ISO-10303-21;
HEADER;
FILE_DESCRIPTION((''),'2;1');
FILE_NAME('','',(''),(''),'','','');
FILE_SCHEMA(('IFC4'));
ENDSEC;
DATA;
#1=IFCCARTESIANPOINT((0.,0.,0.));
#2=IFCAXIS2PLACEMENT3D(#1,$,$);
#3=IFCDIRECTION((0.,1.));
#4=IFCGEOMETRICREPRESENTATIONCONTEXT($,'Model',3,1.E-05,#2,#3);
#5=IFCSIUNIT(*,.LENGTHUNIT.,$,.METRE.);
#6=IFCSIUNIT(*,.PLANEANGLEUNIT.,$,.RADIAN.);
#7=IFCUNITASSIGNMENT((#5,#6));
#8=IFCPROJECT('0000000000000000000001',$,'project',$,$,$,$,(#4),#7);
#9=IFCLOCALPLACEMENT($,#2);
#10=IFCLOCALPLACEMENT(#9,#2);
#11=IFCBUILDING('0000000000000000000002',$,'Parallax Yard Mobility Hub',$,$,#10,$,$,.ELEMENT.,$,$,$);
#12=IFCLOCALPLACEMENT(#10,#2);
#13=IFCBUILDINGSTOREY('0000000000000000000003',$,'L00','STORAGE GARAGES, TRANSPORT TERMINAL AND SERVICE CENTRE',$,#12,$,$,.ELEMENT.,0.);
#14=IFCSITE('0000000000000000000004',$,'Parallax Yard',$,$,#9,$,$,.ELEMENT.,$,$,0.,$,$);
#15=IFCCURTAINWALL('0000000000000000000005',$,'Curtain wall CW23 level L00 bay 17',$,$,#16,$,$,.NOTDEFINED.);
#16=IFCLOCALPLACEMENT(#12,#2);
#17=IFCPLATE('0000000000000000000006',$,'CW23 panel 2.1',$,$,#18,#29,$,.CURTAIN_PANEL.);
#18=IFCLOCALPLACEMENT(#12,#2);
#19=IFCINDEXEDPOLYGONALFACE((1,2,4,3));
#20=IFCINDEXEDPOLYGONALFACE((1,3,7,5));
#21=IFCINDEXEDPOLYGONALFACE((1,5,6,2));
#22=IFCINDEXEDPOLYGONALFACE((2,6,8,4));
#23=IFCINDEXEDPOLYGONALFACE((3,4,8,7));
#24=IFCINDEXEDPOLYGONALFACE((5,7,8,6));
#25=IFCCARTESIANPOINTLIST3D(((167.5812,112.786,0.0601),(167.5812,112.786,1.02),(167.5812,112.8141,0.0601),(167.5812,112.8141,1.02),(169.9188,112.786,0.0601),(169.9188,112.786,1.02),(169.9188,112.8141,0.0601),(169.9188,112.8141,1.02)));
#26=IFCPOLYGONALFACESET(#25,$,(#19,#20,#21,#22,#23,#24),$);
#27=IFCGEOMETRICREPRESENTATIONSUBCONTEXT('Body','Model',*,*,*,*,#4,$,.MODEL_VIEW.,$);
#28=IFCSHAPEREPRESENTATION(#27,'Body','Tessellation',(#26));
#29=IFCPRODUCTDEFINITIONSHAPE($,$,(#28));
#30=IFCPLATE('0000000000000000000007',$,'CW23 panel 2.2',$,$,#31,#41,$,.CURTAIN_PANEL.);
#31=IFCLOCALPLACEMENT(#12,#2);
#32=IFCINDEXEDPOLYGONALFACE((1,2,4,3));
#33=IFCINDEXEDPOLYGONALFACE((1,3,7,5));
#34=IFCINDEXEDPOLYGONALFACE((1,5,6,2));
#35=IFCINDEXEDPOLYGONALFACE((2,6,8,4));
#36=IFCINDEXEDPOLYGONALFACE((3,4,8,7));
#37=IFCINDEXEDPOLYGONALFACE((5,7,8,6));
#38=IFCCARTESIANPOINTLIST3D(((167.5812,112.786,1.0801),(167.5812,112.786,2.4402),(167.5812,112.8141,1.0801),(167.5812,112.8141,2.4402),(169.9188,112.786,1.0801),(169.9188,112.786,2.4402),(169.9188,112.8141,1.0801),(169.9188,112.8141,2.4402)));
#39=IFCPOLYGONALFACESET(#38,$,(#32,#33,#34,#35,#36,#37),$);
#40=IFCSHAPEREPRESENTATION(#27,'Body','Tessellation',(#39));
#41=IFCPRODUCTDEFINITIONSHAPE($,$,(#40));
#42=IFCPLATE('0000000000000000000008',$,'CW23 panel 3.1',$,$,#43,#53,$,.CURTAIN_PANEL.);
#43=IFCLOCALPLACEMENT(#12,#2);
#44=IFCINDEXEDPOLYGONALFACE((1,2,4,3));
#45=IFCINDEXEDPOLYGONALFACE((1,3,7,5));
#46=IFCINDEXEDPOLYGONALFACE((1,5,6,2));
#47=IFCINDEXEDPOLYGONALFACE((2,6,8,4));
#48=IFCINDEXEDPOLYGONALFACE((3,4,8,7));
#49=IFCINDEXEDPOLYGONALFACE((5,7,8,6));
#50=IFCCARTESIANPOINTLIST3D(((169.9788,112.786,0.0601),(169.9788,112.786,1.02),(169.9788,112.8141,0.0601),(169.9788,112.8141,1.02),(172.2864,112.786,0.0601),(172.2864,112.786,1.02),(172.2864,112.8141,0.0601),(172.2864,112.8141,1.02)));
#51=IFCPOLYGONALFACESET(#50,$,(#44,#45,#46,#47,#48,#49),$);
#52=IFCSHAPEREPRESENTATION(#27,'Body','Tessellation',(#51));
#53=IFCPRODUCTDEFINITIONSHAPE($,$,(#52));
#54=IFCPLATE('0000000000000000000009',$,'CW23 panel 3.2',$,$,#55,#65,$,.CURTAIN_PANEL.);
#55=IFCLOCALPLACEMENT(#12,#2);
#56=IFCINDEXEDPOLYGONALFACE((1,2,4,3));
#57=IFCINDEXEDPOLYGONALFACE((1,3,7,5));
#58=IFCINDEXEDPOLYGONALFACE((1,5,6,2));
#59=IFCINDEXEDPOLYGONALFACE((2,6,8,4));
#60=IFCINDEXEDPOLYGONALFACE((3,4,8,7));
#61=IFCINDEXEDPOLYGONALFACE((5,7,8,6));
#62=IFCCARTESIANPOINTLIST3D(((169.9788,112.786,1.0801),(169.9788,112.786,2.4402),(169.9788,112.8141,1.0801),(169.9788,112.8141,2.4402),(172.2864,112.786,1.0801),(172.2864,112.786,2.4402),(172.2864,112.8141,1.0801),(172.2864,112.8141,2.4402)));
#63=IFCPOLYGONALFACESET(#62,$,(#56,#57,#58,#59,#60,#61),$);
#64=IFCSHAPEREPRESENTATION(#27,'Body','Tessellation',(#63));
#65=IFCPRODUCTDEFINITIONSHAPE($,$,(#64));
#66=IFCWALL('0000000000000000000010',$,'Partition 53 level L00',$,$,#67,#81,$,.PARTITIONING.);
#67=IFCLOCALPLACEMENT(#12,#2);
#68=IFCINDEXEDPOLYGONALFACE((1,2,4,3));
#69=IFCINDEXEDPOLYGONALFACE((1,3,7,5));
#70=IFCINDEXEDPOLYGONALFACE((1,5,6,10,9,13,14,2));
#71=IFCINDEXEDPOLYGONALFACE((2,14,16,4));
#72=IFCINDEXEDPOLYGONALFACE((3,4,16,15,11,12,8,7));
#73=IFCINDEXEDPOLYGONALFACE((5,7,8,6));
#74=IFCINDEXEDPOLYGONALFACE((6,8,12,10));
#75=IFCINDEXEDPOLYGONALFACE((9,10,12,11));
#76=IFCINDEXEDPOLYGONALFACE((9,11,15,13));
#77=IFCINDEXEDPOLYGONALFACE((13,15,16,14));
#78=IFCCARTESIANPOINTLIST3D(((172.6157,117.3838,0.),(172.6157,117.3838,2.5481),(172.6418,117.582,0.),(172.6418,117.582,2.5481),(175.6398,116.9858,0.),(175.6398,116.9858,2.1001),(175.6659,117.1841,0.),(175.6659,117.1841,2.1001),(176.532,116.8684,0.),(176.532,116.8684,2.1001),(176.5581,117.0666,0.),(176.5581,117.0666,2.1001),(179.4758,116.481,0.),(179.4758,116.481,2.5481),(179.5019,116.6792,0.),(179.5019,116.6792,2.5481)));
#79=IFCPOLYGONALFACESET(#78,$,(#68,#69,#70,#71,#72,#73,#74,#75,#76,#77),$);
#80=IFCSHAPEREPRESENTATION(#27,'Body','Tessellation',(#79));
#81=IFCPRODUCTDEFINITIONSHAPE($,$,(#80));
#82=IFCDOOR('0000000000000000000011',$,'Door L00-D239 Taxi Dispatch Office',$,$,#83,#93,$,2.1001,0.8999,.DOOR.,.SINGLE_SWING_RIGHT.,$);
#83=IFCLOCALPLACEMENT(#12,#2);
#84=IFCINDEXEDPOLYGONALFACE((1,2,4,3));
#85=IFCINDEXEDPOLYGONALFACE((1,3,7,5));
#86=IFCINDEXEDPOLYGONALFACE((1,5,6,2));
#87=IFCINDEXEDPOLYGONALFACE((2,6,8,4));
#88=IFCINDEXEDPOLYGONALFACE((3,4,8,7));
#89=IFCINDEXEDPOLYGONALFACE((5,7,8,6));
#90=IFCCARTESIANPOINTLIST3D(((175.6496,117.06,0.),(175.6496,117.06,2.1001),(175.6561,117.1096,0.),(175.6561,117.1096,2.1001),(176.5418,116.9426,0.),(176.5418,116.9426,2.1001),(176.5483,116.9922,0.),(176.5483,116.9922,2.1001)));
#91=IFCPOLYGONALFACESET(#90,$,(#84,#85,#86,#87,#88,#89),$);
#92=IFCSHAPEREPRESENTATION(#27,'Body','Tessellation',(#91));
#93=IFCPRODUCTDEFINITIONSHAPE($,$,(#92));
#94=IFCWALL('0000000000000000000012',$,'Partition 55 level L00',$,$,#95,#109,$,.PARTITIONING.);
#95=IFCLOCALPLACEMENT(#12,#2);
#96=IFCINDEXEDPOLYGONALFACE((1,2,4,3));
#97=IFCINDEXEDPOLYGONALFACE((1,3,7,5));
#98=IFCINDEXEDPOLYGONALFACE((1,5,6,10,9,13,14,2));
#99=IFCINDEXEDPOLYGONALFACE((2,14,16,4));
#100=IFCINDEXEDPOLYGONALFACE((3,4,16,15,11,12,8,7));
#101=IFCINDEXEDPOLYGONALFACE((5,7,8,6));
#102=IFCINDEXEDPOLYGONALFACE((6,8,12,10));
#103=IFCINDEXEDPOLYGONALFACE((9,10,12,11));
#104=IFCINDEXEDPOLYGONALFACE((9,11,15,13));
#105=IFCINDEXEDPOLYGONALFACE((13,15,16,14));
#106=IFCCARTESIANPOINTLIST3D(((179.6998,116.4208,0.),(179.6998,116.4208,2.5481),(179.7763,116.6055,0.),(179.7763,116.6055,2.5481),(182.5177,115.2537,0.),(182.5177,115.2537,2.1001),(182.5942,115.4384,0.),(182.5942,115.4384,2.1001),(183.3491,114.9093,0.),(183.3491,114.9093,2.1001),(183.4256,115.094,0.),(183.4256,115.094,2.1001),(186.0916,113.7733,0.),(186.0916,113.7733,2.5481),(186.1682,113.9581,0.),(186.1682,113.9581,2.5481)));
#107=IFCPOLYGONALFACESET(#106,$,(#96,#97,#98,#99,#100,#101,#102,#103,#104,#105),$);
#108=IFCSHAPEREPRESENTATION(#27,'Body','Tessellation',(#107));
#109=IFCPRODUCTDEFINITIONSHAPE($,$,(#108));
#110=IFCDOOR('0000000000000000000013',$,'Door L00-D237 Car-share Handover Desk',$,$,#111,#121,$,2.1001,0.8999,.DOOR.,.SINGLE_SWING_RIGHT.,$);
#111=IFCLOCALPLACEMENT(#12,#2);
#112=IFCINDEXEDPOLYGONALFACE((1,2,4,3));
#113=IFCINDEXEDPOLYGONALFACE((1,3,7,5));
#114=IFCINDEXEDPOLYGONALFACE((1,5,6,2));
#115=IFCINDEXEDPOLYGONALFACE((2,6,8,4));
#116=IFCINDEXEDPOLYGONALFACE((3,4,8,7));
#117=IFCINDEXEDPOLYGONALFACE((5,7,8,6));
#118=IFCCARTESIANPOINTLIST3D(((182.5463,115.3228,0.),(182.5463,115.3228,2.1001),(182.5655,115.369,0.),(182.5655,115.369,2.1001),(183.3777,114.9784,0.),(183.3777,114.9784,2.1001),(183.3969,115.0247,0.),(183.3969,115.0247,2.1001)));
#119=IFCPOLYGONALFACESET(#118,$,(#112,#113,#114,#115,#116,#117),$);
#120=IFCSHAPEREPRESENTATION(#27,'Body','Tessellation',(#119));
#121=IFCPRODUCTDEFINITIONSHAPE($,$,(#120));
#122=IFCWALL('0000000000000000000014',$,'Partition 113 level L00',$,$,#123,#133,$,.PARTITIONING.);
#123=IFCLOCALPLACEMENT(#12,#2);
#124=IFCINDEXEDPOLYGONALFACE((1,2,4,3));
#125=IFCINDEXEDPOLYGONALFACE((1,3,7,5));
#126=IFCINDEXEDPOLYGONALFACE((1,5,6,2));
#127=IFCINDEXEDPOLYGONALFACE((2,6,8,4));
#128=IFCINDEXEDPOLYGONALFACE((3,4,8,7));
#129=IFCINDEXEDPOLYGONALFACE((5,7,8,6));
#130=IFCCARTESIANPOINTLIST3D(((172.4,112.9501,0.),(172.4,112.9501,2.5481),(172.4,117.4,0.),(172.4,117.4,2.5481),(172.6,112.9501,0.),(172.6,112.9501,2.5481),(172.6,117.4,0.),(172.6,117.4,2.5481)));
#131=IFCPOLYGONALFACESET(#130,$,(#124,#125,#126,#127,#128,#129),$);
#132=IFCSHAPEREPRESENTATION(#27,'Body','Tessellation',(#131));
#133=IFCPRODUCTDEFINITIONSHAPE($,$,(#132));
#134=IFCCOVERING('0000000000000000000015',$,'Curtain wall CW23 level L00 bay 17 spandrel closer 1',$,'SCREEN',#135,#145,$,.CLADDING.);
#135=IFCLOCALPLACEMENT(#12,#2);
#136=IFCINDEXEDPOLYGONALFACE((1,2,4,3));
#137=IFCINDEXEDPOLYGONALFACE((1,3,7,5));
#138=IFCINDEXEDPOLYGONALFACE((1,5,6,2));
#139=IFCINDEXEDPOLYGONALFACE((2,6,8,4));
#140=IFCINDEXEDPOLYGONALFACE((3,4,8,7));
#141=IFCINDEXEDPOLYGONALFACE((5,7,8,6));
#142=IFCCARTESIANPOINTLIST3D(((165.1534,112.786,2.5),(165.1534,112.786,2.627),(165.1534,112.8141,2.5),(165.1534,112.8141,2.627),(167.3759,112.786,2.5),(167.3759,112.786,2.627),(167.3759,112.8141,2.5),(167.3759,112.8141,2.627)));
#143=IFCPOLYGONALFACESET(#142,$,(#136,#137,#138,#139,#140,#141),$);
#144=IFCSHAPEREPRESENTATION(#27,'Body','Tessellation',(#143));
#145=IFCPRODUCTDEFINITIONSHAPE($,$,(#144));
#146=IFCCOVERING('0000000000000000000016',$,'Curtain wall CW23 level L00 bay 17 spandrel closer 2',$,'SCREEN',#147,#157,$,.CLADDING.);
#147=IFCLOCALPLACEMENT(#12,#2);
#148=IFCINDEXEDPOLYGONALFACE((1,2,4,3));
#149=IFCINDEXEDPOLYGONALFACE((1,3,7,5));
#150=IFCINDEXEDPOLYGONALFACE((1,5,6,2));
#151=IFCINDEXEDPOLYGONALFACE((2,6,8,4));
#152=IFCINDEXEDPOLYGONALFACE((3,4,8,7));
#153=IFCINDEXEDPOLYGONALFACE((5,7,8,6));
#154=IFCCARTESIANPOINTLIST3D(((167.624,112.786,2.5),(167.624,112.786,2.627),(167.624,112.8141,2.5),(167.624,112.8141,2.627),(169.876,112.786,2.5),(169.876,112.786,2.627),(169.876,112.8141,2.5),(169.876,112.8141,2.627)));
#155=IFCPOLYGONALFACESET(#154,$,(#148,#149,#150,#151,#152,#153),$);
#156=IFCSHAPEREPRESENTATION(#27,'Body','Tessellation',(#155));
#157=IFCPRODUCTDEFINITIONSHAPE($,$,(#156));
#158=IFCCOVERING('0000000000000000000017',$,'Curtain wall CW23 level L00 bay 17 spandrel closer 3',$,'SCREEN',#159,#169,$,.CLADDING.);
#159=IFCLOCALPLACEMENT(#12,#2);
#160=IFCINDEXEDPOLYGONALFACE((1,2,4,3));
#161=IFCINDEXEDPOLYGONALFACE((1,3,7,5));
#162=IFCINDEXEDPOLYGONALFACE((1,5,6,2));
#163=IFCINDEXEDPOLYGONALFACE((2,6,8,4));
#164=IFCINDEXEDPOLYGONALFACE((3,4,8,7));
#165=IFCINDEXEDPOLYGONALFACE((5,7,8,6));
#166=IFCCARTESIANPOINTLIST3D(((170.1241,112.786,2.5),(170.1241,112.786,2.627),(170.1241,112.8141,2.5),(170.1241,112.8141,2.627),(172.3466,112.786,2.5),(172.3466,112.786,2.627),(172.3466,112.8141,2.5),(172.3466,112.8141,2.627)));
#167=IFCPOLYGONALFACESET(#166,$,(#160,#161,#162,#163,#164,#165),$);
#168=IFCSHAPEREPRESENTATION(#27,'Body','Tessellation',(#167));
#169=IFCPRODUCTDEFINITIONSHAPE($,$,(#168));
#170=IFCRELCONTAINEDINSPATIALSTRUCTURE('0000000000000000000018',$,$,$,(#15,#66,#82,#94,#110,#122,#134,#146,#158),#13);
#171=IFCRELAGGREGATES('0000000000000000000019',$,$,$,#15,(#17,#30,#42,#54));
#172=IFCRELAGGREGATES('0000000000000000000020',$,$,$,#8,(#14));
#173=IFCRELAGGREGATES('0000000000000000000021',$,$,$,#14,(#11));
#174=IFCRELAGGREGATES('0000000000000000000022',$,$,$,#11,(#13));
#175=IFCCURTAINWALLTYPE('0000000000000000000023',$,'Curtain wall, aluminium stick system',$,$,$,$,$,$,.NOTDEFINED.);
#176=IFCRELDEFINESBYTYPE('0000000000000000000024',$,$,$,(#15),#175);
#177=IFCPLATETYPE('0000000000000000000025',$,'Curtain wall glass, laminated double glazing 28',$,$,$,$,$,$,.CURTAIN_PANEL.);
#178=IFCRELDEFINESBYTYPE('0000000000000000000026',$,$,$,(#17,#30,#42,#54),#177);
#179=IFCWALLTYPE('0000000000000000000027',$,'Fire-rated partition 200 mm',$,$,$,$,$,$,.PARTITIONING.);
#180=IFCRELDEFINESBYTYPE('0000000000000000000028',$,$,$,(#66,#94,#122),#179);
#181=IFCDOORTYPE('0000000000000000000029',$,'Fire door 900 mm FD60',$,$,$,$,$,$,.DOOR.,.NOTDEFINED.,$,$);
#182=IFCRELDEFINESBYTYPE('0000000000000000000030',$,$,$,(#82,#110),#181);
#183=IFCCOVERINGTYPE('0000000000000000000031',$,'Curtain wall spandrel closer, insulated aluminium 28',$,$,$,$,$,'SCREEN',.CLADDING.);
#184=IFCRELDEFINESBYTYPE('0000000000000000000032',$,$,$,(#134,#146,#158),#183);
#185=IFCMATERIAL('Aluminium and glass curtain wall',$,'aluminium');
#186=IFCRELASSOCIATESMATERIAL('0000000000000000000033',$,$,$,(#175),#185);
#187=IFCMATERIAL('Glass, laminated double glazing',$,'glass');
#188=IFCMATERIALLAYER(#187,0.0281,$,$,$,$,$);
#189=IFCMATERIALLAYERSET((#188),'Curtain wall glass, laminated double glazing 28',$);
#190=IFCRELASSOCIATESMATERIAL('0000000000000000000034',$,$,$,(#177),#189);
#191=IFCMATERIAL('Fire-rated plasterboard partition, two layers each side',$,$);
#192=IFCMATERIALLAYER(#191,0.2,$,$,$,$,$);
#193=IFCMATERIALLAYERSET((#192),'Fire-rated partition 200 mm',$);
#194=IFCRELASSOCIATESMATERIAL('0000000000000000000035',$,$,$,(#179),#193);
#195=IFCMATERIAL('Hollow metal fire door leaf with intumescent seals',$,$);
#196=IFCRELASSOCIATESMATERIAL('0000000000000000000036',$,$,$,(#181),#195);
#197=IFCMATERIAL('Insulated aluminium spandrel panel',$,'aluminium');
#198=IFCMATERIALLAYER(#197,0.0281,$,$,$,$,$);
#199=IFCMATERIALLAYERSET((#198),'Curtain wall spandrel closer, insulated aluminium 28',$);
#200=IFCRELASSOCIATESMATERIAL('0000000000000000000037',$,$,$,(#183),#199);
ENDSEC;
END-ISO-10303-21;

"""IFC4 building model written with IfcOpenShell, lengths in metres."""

from ifc_helpers import new_model, si_unit, direction, frame, frame_2d, origin, origin_2d, place, context, subcontext, project, spatial, rectangle, extrude, material, layer, layer_set, type_object, element, fill, aggregate, save


model = new_model("IFC4")

# Units and contexts
model_context = context("Model", 3, precision=1e-05, world=origin(), true_north=direction((0.0, 1.0)))
body_context = subcontext(model_context, "Body", "Model", "MODEL_VIEW")
ifc_project = project(units=[si_unit("LENGTHUNIT", "METRE"), si_unit("PLANEANGLEUNIT", "RADIAN")], contexts=[model_context])

# Site, building, storey
site_placement = place(None, origin())
site = spatial("IfcSite", under=ifc_project, at=site_placement, Name="Parallax Yard", CompositionType="ELEMENT", RefElevation=0.0)
building_placement = place(site_placement, origin())
building = spatial("IfcBuilding", under=site, at=building_placement, Name="Parallax Yard Mobility Hub", CompositionType="ELEMENT")
storey_placement = place(building_placement, origin())
storey = spatial("IfcBuildingStorey", under=building, at=storey_placement, Name="L00", Description="STORAGE GARAGES, TRANSPORT TERMINAL AND SERVICE CENTRE", CompositionType="ELEMENT", Elevation=0.0)

# Curtain wall, plates
ifc_material_1 = material(Name="Aluminium and glass curtain wall", Category="aluminium")
curtain_wall_type = type_object("IfcCurtainWallType", Name="Curtain wall, aluminium stick system", PredefinedType="NOTDEFINED", material=ifc_material_1)
curtain_wall_placement = place(storey_placement, origin())
curtain_wall = element("IfcCurtainWall", 1, at=curtain_wall_placement, inside=storey, type_object=curtain_wall_type, Name="Curtain wall CW23 level L00 bay 17", PredefinedType="NOTDEFINED")
ifc_material_2 = material(Name="Glass, laminated double glazing", Category="glass")
ifc_layer_1 = layer(ifc_material_2, 0.0281)
ifc_layer_set_1 = layer_set([ifc_layer_1], Name="Curtain wall glass, laminated double glazing 28")
plate_type = type_object("IfcPlateType", Name="Curtain wall glass, laminated double glazing 28", PredefinedType="CURTAIN_PANEL", material=ifc_layer_set_1)
plate_1_placement = place(storey_placement, frame((168.75, 112.8, 0.0601), z_axis=(0.0, 0.0, 1.0), x_axis=(1.0, 0.0, 0.0)))
plate_1 = element("IfcPlate", 2, at=plate_1_placement, type_object=plate_type, Name="CW23 panel 2.1", PredefinedType="CURTAIN_PANEL", context=body_context, shape_type="SweptSolid", body=[
    extrude(rectangle(XDim=2.3376, YDim=0.0281, at=origin_2d()), origin(), (0.0, 0.0, 1.0), 0.96),
])
plate_2_placement = place(storey_placement, frame((168.75, 112.8, 1.0801), z_axis=(0.0, 0.0, 1.0), x_axis=(1.0, 0.0, 0.0)))
plate_2 = element("IfcPlate", 3, at=plate_2_placement, type_object=plate_type, Name="CW23 panel 2.2", PredefinedType="CURTAIN_PANEL", context=body_context, shape_type="SweptSolid", body=[
    extrude(rectangle(XDim=2.3376, YDim=0.0281, at=origin_2d()), origin(), (0.0, 0.0, 1.0), 1.3601),
])
plate_3_placement = place(storey_placement, frame((171.1326, 112.8, 0.0601), z_axis=(0.0, 0.0, 1.0), x_axis=(1.0, 0.0, 0.0)))
plate_3 = element("IfcPlate", 4, at=plate_3_placement, type_object=plate_type, Name="CW23 panel 3.1", PredefinedType="CURTAIN_PANEL", context=body_context, shape_type="SweptSolid", body=[
    extrude(rectangle(XDim=2.3076, YDim=0.0281, at=origin_2d()), origin(), (0.0, 0.0, 1.0), 0.96),
])
plate_4_placement = place(storey_placement, frame((171.1326, 112.8, 1.0801), z_axis=(0.0, 0.0, 1.0), x_axis=(1.0, 0.0, 0.0)))
plate_4 = element("IfcPlate", 5, at=plate_4_placement, type_object=plate_type, Name="CW23 panel 3.2", PredefinedType="CURTAIN_PANEL", context=body_context, shape_type="SweptSolid", body=[
    extrude(rectangle(XDim=2.3076, YDim=0.0281, at=origin_2d()), origin(), (0.0, 0.0, 1.0), 1.3601),
])
aggregate(curtain_wall, [plate_1, plate_2, plate_3, plate_4])

# Walls, openings, doors
ifc_material_3 = material(Name="Fire-rated plasterboard partition, two layers each side")
ifc_layer_2 = layer(ifc_material_3, 0.2)
ifc_layer_set_2 = layer_set([ifc_layer_2], Name="Fire-rated partition 200 mm")
wall_type = type_object("IfcWallType", Name="Fire-rated partition 200 mm", PredefinedType="PARTITIONING", material=ifc_layer_set_2)
wall_1_placement = place(storey_placement, frame((172.6289, 117.4829, 0.0), z_axis=(0.0, 0.0, 1.0), x_axis=(0.991451, -0.130481, 0.0)))
wall_1 = element("IfcWall", 6, at=wall_1_placement, inside=storey, type_object=wall_type, Name="Partition 53 level L00", PredefinedType="PARTITIONING", context=body_context, shape_type="SweptSolid", body=[
    extrude(rectangle(XDim=6.9192, YDim=0.2, at=frame_2d((3.4595, 0.0))), origin(), (0.0, 0.0, 1.0), 2.5481),
])
opening_1_placement = place(wall_1_placement, frame((3.05, 0.0, 0.0)))
opening_1 = element("IfcOpeningElement", 7, at=opening_1_placement, cuts=wall_1, PredefinedType="OPENING", context=body_context, shape_type="SweptSolid", body=[
    extrude(rectangle(XDim=0.8999, YDim=2.1001, at=frame_2d((0.45, 1.05))), frame((0.0, 0.1099, 0.0), z_axis=(0.0, -1.0, 0.0), x_axis=(1.0, 0.0, 0.0)), (0.0, 0.0, 1.0), 0.22),
])
ifc_material_4 = material(Name="Hollow metal fire door leaf with intumescent seals")
door_type = type_object("IfcDoorType", Name="Fire door 900 mm FD60", OperationType="NOTDEFINED", PredefinedType="DOOR", material=ifc_material_4)
door_1_placement = place(opening_1_placement, origin())
door_1 = element("IfcDoor", 8, at=door_1_placement, inside=storey, type_object=door_type, Name="Door L00-D239 Taxi Dispatch Office", OperationType="SINGLE_SWING_RIGHT", OverallHeight=2.1001, OverallWidth=0.8999, PredefinedType="DOOR", context=body_context, shape_type="SweptSolid", body=[
    extrude(rectangle(XDim=0.8999, YDim=2.1001, at=frame_2d((0.45, 1.05))), frame((0.0, 0.0249, 0.0), z_axis=(0.0, -1.0, 0.0), x_axis=(1.0, 0.0, 0.0)), (0.0, 0.0, 1.0), 0.05),
])
fill(opening_1, door_1)
wall_2_placement = place(storey_placement, frame((179.738, 116.5132, 0.0), z_axis=(0.0, 0.0, 1.0), x_axis=(0.923886, -0.382668, 0.0)))
wall_2 = element("IfcWall", 9, at=wall_2_placement, inside=storey, type_object=wall_type, Name="Partition 55 level L00", PredefinedType="PARTITIONING", context=body_context, shape_type="SweptSolid", body=[
    extrude(rectangle(XDim=6.9185, YDim=0.2, at=frame_2d((3.4592, 0.0))), origin(), (0.0, 0.0, 1.0), 2.5481),
])
opening_2_placement = place(wall_2_placement, frame((3.05, 0.0, 0.0)))
opening_2 = element("IfcOpeningElement", 10, at=opening_2_placement, cuts=wall_2, PredefinedType="OPENING", context=body_context, shape_type="SweptSolid", body=[
    extrude(rectangle(XDim=0.8999, YDim=2.1001, at=frame_2d((0.45, 1.05))), frame((0.0, 0.1099, 0.0), z_axis=(0.0, -1.0, 0.0), x_axis=(1.0, 0.0, 0.0)), (0.0, 0.0, 1.0), 0.22),
])
door_2_placement = place(opening_2_placement, origin())
door_2 = element("IfcDoor", 11, at=door_2_placement, inside=storey, type_object=door_type, Name="Door L00-D237 Car-share Handover Desk", OperationType="SINGLE_SWING_RIGHT", OverallHeight=2.1001, OverallWidth=0.8999, PredefinedType="DOOR", context=body_context, shape_type="SweptSolid", body=[
    extrude(rectangle(XDim=0.8999, YDim=2.1001, at=frame_2d((0.45, 1.05))), frame((0.0, 0.0249, 0.0), z_axis=(0.0, -1.0, 0.0), x_axis=(1.0, 0.0, 0.0)), (0.0, 0.0, 1.0), 0.05),
])
fill(opening_2, door_2)

# Wall
wall_3_placement = place(storey_placement, frame((172.5, 112.95, 0.0), z_axis=(0.0, 0.0, 1.0), x_axis=(0.0, 1.0, 0.0)))
element("IfcWall", 12, at=wall_3_placement, inside=storey, type_object=wall_type, Name="Partition 113 level L00", PredefinedType="PARTITIONING", context=body_context, shape_type="SweptSolid", body=[
    extrude(rectangle(XDim=4.45, YDim=0.2, at=frame_2d((2.2251, 0.0))), origin(), (0.0, 0.0, 1.0), 2.5481),
])

# Coverings
ifc_material_5 = material(Name="Insulated aluminium spandrel panel", Category="aluminium")
ifc_layer_3 = layer(ifc_material_5, 0.0281)
ifc_layer_set_3 = layer_set([ifc_layer_3], Name="Curtain wall spandrel closer, insulated aluminium 28")
covering_type = type_object("IfcCoveringType", Name="Curtain wall spandrel closer, insulated aluminium 28", ElementType="SCREEN", PredefinedType="CLADDING", material=ifc_layer_set_3)
covering_1_placement = place(storey_placement, frame((166.2646, 112.8, 2.5), z_axis=(0.0, 0.0, 1.0), x_axis=(1.0, 0.0, 0.0)))
element("IfcCovering", 13, at=covering_1_placement, inside=storey, type_object=covering_type, Name="Curtain wall CW23 level L00 bay 17 spandrel closer 1", ObjectType="SCREEN", PredefinedType="CLADDING", context=body_context, shape_type="SweptSolid", body=[
    extrude(rectangle(XDim=2.2224, YDim=0.0281, at=origin_2d()), origin(), (0.0, 0.0, 1.0), 0.127),
])
covering_2_placement = place(storey_placement, frame((168.75, 112.8, 2.5), z_axis=(0.0, 0.0, 1.0), x_axis=(1.0, 0.0, 0.0)))
element("IfcCovering", 14, at=covering_2_placement, inside=storey, type_object=covering_type, Name="Curtain wall CW23 level L00 bay 17 spandrel closer 2", ObjectType="SCREEN", PredefinedType="CLADDING", context=body_context, shape_type="SweptSolid", body=[
    extrude(rectangle(XDim=2.252, YDim=0.0281, at=origin_2d()), origin(), (0.0, 0.0, 1.0), 0.127),
])
covering_3_placement = place(storey_placement, frame((171.2354, 112.8, 2.5), z_axis=(0.0, 0.0, 1.0), x_axis=(1.0, 0.0, 0.0)))
element("IfcCovering", 15, at=covering_3_placement, inside=storey, type_object=covering_type, Name="Curtain wall CW23 level L00 bay 17 spandrel closer 3", ObjectType="SCREEN", PredefinedType="CLADDING", context=body_context, shape_type="SweptSolid", body=[
    extrude(rectangle(XDim=2.2224, YDim=0.0281, at=origin_2d()), origin(), (0.0, 0.0, 1.0), 0.127),
])

save(model, "model.ifc")
